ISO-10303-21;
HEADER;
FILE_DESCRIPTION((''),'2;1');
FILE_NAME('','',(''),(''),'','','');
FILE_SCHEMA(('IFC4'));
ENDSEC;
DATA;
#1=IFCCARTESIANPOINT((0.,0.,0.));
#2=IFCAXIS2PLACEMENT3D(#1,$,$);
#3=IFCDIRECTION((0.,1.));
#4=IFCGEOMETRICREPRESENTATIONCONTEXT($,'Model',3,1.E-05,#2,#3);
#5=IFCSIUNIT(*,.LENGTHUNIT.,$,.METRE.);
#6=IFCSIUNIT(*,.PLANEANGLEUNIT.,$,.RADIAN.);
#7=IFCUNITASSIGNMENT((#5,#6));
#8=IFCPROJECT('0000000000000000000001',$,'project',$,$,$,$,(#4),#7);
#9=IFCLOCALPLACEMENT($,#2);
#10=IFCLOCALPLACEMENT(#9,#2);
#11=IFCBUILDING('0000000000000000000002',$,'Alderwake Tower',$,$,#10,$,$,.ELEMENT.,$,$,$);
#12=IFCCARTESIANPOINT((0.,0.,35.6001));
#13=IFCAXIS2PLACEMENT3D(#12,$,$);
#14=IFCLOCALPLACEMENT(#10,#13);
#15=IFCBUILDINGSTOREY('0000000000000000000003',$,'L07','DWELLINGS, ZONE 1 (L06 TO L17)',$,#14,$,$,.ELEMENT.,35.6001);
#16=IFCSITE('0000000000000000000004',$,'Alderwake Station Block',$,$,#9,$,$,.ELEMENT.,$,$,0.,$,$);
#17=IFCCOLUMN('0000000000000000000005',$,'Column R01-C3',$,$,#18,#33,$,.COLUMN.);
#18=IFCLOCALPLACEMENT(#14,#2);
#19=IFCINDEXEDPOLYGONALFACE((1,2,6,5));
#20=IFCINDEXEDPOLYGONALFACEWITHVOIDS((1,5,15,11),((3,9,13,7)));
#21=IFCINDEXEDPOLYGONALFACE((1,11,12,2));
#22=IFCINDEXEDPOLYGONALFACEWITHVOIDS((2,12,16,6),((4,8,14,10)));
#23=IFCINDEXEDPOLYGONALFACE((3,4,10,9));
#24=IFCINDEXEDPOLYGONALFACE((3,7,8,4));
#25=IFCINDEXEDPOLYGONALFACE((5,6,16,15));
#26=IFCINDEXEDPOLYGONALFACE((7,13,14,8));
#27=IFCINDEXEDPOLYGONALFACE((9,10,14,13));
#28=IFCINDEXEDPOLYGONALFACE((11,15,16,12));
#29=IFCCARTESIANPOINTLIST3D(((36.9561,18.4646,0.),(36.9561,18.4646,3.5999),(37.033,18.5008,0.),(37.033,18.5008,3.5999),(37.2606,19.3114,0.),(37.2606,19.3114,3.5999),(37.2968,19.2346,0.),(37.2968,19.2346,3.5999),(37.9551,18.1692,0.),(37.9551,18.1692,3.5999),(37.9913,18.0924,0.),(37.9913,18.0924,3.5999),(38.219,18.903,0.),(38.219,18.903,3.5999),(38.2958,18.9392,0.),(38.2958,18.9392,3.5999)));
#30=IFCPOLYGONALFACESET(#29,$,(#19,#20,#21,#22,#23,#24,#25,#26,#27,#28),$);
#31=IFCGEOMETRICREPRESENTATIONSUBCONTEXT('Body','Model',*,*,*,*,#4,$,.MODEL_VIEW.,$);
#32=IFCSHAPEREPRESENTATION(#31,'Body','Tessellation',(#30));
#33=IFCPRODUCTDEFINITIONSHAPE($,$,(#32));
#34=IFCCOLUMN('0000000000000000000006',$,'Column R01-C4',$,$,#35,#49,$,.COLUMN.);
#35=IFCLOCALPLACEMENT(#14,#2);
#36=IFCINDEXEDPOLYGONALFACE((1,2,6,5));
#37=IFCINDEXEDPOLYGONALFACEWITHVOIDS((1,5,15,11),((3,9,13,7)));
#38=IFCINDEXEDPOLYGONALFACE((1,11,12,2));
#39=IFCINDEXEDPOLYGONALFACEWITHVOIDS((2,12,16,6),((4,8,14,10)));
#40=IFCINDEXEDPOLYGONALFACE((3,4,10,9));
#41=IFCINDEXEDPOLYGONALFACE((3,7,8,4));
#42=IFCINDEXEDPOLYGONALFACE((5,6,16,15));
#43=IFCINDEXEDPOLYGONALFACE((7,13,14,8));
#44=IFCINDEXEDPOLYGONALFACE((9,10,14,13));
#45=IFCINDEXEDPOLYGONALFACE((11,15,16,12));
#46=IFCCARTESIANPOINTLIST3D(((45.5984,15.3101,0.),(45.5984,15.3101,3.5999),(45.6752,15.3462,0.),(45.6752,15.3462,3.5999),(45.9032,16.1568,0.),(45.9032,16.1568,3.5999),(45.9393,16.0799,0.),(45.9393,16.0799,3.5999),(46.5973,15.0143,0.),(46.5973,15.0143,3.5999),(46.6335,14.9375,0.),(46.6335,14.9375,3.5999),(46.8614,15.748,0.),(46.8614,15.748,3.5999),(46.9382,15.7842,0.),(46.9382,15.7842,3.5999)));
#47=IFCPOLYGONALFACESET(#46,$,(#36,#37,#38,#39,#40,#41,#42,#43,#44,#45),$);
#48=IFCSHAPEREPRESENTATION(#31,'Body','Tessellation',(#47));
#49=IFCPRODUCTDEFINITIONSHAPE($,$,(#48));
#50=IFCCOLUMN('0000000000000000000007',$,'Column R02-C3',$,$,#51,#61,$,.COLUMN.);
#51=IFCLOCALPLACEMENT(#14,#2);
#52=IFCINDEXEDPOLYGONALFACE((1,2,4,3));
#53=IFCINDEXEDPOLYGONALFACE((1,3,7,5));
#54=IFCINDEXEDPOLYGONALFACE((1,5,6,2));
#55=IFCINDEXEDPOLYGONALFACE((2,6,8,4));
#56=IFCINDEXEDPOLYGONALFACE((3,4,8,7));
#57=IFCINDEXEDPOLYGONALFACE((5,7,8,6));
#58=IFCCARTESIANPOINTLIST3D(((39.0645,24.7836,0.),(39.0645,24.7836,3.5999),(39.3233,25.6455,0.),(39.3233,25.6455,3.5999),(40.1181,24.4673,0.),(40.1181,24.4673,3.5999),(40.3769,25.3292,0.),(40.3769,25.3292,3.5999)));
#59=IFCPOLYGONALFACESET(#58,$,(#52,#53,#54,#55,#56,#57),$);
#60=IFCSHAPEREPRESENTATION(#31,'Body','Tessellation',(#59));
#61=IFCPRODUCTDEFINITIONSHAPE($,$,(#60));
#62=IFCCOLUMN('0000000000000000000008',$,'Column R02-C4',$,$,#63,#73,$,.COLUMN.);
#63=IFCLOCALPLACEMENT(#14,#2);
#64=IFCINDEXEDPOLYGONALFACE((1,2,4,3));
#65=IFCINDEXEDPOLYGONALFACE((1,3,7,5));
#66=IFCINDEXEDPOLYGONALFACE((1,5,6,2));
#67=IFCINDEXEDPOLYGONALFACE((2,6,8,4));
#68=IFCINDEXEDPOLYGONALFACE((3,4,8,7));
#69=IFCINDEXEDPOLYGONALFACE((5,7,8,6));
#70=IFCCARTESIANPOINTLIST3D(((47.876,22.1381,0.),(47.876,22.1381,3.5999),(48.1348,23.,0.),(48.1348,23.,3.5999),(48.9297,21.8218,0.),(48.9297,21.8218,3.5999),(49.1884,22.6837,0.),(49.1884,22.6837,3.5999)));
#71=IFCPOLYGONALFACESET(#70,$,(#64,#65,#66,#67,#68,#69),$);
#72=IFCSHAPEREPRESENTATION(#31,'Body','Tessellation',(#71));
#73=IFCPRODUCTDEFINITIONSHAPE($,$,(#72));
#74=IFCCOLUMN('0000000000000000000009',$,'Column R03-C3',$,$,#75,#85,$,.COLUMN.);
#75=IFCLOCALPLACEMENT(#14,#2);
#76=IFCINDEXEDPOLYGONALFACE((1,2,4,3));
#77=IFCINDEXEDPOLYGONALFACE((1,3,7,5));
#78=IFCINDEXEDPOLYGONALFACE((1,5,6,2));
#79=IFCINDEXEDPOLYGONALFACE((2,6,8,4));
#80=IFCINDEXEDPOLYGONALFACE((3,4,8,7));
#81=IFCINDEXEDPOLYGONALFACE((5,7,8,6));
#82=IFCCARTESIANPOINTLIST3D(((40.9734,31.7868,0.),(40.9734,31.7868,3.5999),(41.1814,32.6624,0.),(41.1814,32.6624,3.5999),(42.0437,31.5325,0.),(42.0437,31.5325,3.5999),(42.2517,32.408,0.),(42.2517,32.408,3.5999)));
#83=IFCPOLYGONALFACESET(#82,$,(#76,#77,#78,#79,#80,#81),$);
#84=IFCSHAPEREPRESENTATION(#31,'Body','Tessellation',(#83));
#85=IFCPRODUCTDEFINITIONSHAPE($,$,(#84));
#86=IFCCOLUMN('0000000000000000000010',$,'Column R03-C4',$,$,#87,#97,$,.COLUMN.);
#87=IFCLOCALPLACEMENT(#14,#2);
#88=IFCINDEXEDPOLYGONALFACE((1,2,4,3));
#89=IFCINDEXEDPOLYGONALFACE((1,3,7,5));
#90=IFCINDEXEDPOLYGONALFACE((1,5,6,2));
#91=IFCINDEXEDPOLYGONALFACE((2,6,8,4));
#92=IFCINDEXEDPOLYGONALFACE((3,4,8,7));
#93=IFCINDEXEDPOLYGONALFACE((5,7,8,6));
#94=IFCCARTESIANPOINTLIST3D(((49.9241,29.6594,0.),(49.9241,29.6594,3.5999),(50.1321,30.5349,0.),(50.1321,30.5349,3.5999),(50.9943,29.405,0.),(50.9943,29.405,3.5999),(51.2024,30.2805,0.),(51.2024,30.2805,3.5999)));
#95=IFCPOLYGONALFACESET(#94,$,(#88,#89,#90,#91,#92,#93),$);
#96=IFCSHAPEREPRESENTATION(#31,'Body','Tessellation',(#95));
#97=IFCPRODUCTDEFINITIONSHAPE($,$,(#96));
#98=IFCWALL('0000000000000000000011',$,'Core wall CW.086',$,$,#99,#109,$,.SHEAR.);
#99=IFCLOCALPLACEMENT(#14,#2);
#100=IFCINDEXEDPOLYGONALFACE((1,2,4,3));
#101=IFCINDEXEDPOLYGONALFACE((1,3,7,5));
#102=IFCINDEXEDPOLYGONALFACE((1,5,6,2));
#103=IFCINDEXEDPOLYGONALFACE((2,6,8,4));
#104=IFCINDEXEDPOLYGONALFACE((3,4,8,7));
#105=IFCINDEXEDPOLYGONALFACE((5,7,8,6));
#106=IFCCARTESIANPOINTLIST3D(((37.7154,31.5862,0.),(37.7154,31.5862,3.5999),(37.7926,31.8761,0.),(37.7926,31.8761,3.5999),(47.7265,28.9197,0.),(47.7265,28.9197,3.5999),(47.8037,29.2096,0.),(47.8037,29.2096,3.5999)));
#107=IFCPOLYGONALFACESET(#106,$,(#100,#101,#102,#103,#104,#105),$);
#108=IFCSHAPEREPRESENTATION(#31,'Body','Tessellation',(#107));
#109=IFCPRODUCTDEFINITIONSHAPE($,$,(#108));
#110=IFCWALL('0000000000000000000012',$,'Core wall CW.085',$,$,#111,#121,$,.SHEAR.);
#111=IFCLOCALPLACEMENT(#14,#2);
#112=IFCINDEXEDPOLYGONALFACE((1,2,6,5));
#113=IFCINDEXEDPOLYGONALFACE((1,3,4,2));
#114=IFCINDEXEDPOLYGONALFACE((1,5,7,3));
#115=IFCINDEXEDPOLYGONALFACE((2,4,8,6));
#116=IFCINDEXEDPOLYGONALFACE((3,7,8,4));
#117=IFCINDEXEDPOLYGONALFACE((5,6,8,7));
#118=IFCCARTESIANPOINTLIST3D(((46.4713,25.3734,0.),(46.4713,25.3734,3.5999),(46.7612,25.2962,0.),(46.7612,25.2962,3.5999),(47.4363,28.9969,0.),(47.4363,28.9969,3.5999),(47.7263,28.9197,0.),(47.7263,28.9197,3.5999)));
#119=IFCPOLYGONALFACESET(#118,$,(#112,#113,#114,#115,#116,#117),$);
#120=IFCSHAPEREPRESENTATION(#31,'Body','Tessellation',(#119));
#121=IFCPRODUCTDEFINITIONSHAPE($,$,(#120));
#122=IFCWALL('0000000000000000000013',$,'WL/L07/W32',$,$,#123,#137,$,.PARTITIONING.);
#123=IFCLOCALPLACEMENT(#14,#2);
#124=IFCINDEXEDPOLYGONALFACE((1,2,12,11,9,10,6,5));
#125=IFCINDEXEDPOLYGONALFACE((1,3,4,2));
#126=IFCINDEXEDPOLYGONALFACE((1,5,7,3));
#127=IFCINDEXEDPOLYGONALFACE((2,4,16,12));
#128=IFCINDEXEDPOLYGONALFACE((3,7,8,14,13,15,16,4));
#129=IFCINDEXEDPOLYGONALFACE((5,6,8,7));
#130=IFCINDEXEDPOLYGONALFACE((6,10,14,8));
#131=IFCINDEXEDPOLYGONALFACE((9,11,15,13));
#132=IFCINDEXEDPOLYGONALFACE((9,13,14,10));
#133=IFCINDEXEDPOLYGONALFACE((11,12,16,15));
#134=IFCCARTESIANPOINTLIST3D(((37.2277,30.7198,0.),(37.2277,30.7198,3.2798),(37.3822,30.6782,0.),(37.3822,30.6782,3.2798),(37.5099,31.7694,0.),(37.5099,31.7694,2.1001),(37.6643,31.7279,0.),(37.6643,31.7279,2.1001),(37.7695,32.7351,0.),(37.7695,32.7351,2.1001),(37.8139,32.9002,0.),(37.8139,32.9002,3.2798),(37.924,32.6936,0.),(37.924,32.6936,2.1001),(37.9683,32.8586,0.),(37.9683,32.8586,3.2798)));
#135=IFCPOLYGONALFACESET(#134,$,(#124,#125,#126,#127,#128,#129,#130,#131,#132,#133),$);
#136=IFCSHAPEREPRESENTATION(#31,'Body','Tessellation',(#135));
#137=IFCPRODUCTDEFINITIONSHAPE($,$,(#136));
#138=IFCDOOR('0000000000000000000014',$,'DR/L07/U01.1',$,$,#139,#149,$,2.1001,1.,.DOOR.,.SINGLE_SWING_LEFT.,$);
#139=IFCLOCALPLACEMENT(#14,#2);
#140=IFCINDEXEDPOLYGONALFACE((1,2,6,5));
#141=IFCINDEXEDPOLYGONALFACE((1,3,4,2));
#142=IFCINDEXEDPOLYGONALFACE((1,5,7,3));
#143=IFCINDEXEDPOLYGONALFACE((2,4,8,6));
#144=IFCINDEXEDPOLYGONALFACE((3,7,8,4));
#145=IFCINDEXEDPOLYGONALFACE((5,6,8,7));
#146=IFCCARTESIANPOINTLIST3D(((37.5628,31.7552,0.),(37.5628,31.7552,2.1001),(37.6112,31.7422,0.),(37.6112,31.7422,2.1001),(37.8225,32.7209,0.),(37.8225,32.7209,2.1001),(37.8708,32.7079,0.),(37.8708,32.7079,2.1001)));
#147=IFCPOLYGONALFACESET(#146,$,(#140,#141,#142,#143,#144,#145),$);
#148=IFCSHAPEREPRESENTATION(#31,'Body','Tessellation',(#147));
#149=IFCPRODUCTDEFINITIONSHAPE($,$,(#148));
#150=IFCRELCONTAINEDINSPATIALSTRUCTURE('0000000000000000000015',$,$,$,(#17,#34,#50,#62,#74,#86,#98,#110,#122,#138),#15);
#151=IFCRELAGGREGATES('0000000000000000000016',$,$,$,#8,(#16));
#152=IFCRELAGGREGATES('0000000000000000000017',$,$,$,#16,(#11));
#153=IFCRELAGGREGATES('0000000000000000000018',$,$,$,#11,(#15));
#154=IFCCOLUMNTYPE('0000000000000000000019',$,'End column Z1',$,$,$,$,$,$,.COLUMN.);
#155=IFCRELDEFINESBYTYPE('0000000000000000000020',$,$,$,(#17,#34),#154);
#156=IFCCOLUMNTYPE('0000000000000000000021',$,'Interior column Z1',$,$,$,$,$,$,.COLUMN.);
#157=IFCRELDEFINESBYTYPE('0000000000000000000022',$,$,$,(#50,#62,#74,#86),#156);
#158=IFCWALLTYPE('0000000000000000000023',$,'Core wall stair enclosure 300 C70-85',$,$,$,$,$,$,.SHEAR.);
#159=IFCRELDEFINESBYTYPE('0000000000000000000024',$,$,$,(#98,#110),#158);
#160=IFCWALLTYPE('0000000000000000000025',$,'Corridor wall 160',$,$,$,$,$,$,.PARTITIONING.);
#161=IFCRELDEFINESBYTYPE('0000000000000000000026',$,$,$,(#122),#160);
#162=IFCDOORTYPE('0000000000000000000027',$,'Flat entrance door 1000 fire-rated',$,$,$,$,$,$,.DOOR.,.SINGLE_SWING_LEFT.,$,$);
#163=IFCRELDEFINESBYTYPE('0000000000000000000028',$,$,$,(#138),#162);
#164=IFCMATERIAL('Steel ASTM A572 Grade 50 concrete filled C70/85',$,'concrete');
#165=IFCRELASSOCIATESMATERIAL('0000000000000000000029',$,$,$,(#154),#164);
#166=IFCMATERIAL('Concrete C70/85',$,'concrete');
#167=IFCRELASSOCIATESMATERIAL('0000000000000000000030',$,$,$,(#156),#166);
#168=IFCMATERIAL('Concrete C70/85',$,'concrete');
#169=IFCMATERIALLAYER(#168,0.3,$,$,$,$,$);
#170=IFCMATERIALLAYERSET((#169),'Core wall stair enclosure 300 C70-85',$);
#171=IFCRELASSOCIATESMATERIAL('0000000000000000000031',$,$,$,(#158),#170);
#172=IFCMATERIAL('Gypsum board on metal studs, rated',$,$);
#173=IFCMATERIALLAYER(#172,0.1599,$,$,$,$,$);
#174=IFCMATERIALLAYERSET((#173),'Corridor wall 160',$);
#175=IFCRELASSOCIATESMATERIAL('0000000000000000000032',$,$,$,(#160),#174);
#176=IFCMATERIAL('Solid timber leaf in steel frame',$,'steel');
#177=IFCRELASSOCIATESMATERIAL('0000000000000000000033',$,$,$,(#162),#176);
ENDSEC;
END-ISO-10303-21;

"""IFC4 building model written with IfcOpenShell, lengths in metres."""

from ifc_helpers import new_model, si_unit, direction, frame, frame_2d, origin, origin_2d, place, context, subcontext, project, spatial, rectangle, hollow_rectangle, extrude, material, layer, layer_set, material_profile, profile_set, type_object, element, fill, save


model = new_model("IFC4")

# Units and contexts
model_context = context("Model", 3, precision=1e-05, world=origin(), true_north=direction((0.0, 1.0)))
body_context = subcontext(model_context, "Body", "Model", "MODEL_VIEW")
ifc_project = project(units=[si_unit("LENGTHUNIT", "METRE"), si_unit("PLANEANGLEUNIT", "RADIAN")], contexts=[model_context])

# Site, building, storey
site_placement = place(None, origin())
site = spatial("IfcSite", under=ifc_project, at=site_placement, Name="Alderwake Station Block", CompositionType="ELEMENT", RefElevation=0.0)
building_placement = place(site_placement, origin())
building = spatial("IfcBuilding", under=site, at=building_placement, Name="Alderwake Tower", CompositionType="ELEMENT")
storey_placement = place(building_placement, frame((0.0, 0.0, 35.6001)))
storey = spatial("IfcBuildingStorey", under=building, at=storey_placement, Name="L07", Description="DWELLINGS, ZONE 1 (L06 TO L17)", CompositionType="ELEMENT", Elevation=35.6001)

# Columns
ifc_material_1 = material(Name="Steel ASTM A572 Grade 50 concrete filled C70/85", Category="concrete")
ifc_material_profile_1 = material_profile(ifc_material_1, hollow_rectangle(XDim=0.8999, YDim=1.1001, WallThickness=0.0601, at=origin_2d()), Name="BOX 1100X900X60")
ifc_profile_set_1 = profile_set([ifc_material_profile_1], Name="Steel ASTM A572 Grade 50 concrete filled C70/85")
column_type_1 = type_object("IfcColumnType", Name="End column Z1", PredefinedType="COLUMN", material=ifc_profile_set_1)
for number, where, z_axis, x_axis, name in (
    (1, (37.626, 18.7019, 0.0), (0.0, 0.0, 1.0), (0.338385, 0.941008, 0.0), "Column R01-C3"),
    (2, (46.2683, 15.5471, 0.0), (0.0, 0.0, 1.0), (0.338695, 0.940896, 0.0), "Column R01-C4"),
):
    element("IfcColumn", number, at=place(storey_placement, frame(where, z_axis=z_axis, x_axis=x_axis)), inside=storey, type_object=column_type_1, Name=name, PredefinedType="COLUMN", context=body_context, shape_type="SweptSolid", body=[
        extrude(hollow_rectangle(XDim=0.8999, YDim=1.1001, WallThickness=0.0601, at=origin_2d()), origin(), (0.0, 0.0, 1.0), 3.5999),
    ])
ifc_material_2 = material(Name="Concrete C70/85", Category="concrete")
ifc_material_profile_2 = material_profile(ifc_material_2, rectangle(XDim=0.8999, YDim=1.1001, at=origin_2d()), Name="RC 1100X900")
ifc_profile_set_2 = profile_set([ifc_material_profile_2], Name="Concrete C70/85")
column_type_2 = type_object("IfcColumnType", Name="Interior column Z1", PredefinedType="COLUMN", material=ifc_profile_set_2)
for number, where, z_axis, x_axis, name in (
    (3, (39.7207, 25.0564, 0.0), (0.0, 0.0, 1.0), (0.287549, 0.957766, 0.0), "Column R02-C3"),
    (4, (48.5322, 22.4109, 0.0), (0.0, 0.0, 1.0), (0.287549, 0.957766, 0.0), "Column R02-C4"),
    (5, (41.6125, 32.0974, 0.0), (0.0, 0.0, 1.0), (0.231222, 0.972901, 0.0), "Column R03-C3"),
    (6, (50.5632, 29.97, 0.0), (0.0, 0.0, 1.0), (0.231222, 0.972901, 0.0), "Column R03-C4"),
):
    element("IfcColumn", number, at=place(storey_placement, frame(where, z_axis=z_axis, x_axis=x_axis)), inside=storey, type_object=column_type_2, Name=name, PredefinedType="COLUMN", context=body_context, shape_type="SweptSolid", body=[
        extrude(rectangle(XDim=0.8999, YDim=1.1001, at=origin_2d()), origin(), (0.0, 0.0, 1.0), 3.5999),
    ])

# Walls
ifc_material_3 = material(Name="Concrete C70/85", Category="concrete")
ifc_layer_1 = layer(ifc_material_3, 0.3)
ifc_layer_set_1 = layer_set([ifc_layer_1], Name="Core wall stair enclosure 300 C70-85")
wall_type_1 = type_object("IfcWallType", Name="Core wall stair enclosure 300 C70-85", PredefinedType="SHEAR", material=ifc_layer_set_1)
wall_1_placement = place(storey_placement, frame((37.7539, 31.7312, 0.0), z_axis=(0.0, 0.0, 1.0), x_axis=(0.966309, -0.257384, 0.0)))
element("IfcWall", 7, at=wall_1_placement, inside=storey, type_object=wall_type_1, Name="Core wall CW.086", PredefinedType="SHEAR", context=body_context, shape_type="SweptSolid", body=[
    extrude(rectangle(XDim=10.3601, YDim=0.3, at=frame_2d((5.1802, 0.0))), origin(), (0.0, 0.0, 1.0), 3.5999),
])
wall_2_placement = place(storey_placement, frame((46.6162, 25.3347, 0.0), z_axis=(0.0, 0.0, 1.0), x_axis=(0.257367, 0.966314, 0.0)))
element("IfcWall", 8, at=wall_2_placement, inside=storey, type_object=wall_type_1, Name="Core wall CW.085", PredefinedType="SHEAR", context=body_context, shape_type="SweptSolid", body=[
    extrude(rectangle(XDim=3.7498, YDim=0.3, at=frame_2d((1.875, 0.0))), origin(), (0.0, 0.0, 1.0), 3.5999),
])

# Wall, opening, door
ifc_material_4 = material(Name="Gypsum board on metal studs, rated")
ifc_layer_2 = layer(ifc_material_4, 0.1599)
ifc_layer_set_2 = layer_set([ifc_layer_2], Name="Corridor wall 160")
wall_type_2 = type_object("IfcWallType", Name="Corridor wall 160", PredefinedType="PARTITIONING", material=ifc_layer_set_2)
wall_3_placement = place(storey_placement, frame((37.8911, 32.8794, 0.0), z_axis=(0.0, 0.0, 1.0), x_axis=(-0.259621, -0.965711, 0.0)))
wall_3 = element("IfcWall", 9, at=wall_3_placement, inside=storey, type_object=wall_type_2, Name="WL/L07/W32", PredefinedType="PARTITIONING", context=body_context, shape_type="SweptSolid", body=[
    extrude(rectangle(XDim=2.2578, YDim=0.1599, at=frame_2d((1.1289, 0.0))), origin(), (0.0, 0.0, 1.0), 3.2798),
])
opening_1_placement = place(wall_3_placement, frame((0.1709, 0.0, 0.0)))
opening_1 = element("IfcOpeningElement", 10, at=opening_1_placement, cuts=wall_3, PredefinedType="OPENING", context=body_context, shape_type="SweptSolid", body=[
    extrude(rectangle(XDim=1.0, YDim=2.1001, at=frame_2d((0.5, 1.05))), frame((0.0, 0.0898, 0.0), z_axis=(0.0, -1.0, 0.0), x_axis=(1.0, 0.0, 0.0)), (0.0, 0.0, 1.0), 0.1799),
])
ifc_material_5 = material(Name="Solid timber leaf in steel frame", Category="steel")
door_type_1 = type_object("IfcDoorType", Name="Flat entrance door 1000 fire-rated", OperationType="SINGLE_SWING_LEFT", PredefinedType="DOOR", material=ifc_material_5)
door_1_placement = place(opening_1_placement, origin())
door_1 = element("IfcDoor", 11, at=door_1_placement, inside=storey, type_object=door_type_1, Name="DR/L07/U01.1", OperationType="SINGLE_SWING_LEFT", OverallHeight=2.1001, OverallWidth=1.0, PredefinedType="DOOR", context=body_context, shape_type="SweptSolid", body=[
    extrude(rectangle(XDim=1.0, YDim=2.1001, at=frame_2d((0.5, 1.05))), frame((0.0, 0.0249, 0.0), z_axis=(0.0, -1.0, 0.0), x_axis=(1.0, 0.0, 0.0)), (0.0, 0.0, 1.0), 0.05),
])
fill(opening_1, door_1)

save(model, "model.ifc")
